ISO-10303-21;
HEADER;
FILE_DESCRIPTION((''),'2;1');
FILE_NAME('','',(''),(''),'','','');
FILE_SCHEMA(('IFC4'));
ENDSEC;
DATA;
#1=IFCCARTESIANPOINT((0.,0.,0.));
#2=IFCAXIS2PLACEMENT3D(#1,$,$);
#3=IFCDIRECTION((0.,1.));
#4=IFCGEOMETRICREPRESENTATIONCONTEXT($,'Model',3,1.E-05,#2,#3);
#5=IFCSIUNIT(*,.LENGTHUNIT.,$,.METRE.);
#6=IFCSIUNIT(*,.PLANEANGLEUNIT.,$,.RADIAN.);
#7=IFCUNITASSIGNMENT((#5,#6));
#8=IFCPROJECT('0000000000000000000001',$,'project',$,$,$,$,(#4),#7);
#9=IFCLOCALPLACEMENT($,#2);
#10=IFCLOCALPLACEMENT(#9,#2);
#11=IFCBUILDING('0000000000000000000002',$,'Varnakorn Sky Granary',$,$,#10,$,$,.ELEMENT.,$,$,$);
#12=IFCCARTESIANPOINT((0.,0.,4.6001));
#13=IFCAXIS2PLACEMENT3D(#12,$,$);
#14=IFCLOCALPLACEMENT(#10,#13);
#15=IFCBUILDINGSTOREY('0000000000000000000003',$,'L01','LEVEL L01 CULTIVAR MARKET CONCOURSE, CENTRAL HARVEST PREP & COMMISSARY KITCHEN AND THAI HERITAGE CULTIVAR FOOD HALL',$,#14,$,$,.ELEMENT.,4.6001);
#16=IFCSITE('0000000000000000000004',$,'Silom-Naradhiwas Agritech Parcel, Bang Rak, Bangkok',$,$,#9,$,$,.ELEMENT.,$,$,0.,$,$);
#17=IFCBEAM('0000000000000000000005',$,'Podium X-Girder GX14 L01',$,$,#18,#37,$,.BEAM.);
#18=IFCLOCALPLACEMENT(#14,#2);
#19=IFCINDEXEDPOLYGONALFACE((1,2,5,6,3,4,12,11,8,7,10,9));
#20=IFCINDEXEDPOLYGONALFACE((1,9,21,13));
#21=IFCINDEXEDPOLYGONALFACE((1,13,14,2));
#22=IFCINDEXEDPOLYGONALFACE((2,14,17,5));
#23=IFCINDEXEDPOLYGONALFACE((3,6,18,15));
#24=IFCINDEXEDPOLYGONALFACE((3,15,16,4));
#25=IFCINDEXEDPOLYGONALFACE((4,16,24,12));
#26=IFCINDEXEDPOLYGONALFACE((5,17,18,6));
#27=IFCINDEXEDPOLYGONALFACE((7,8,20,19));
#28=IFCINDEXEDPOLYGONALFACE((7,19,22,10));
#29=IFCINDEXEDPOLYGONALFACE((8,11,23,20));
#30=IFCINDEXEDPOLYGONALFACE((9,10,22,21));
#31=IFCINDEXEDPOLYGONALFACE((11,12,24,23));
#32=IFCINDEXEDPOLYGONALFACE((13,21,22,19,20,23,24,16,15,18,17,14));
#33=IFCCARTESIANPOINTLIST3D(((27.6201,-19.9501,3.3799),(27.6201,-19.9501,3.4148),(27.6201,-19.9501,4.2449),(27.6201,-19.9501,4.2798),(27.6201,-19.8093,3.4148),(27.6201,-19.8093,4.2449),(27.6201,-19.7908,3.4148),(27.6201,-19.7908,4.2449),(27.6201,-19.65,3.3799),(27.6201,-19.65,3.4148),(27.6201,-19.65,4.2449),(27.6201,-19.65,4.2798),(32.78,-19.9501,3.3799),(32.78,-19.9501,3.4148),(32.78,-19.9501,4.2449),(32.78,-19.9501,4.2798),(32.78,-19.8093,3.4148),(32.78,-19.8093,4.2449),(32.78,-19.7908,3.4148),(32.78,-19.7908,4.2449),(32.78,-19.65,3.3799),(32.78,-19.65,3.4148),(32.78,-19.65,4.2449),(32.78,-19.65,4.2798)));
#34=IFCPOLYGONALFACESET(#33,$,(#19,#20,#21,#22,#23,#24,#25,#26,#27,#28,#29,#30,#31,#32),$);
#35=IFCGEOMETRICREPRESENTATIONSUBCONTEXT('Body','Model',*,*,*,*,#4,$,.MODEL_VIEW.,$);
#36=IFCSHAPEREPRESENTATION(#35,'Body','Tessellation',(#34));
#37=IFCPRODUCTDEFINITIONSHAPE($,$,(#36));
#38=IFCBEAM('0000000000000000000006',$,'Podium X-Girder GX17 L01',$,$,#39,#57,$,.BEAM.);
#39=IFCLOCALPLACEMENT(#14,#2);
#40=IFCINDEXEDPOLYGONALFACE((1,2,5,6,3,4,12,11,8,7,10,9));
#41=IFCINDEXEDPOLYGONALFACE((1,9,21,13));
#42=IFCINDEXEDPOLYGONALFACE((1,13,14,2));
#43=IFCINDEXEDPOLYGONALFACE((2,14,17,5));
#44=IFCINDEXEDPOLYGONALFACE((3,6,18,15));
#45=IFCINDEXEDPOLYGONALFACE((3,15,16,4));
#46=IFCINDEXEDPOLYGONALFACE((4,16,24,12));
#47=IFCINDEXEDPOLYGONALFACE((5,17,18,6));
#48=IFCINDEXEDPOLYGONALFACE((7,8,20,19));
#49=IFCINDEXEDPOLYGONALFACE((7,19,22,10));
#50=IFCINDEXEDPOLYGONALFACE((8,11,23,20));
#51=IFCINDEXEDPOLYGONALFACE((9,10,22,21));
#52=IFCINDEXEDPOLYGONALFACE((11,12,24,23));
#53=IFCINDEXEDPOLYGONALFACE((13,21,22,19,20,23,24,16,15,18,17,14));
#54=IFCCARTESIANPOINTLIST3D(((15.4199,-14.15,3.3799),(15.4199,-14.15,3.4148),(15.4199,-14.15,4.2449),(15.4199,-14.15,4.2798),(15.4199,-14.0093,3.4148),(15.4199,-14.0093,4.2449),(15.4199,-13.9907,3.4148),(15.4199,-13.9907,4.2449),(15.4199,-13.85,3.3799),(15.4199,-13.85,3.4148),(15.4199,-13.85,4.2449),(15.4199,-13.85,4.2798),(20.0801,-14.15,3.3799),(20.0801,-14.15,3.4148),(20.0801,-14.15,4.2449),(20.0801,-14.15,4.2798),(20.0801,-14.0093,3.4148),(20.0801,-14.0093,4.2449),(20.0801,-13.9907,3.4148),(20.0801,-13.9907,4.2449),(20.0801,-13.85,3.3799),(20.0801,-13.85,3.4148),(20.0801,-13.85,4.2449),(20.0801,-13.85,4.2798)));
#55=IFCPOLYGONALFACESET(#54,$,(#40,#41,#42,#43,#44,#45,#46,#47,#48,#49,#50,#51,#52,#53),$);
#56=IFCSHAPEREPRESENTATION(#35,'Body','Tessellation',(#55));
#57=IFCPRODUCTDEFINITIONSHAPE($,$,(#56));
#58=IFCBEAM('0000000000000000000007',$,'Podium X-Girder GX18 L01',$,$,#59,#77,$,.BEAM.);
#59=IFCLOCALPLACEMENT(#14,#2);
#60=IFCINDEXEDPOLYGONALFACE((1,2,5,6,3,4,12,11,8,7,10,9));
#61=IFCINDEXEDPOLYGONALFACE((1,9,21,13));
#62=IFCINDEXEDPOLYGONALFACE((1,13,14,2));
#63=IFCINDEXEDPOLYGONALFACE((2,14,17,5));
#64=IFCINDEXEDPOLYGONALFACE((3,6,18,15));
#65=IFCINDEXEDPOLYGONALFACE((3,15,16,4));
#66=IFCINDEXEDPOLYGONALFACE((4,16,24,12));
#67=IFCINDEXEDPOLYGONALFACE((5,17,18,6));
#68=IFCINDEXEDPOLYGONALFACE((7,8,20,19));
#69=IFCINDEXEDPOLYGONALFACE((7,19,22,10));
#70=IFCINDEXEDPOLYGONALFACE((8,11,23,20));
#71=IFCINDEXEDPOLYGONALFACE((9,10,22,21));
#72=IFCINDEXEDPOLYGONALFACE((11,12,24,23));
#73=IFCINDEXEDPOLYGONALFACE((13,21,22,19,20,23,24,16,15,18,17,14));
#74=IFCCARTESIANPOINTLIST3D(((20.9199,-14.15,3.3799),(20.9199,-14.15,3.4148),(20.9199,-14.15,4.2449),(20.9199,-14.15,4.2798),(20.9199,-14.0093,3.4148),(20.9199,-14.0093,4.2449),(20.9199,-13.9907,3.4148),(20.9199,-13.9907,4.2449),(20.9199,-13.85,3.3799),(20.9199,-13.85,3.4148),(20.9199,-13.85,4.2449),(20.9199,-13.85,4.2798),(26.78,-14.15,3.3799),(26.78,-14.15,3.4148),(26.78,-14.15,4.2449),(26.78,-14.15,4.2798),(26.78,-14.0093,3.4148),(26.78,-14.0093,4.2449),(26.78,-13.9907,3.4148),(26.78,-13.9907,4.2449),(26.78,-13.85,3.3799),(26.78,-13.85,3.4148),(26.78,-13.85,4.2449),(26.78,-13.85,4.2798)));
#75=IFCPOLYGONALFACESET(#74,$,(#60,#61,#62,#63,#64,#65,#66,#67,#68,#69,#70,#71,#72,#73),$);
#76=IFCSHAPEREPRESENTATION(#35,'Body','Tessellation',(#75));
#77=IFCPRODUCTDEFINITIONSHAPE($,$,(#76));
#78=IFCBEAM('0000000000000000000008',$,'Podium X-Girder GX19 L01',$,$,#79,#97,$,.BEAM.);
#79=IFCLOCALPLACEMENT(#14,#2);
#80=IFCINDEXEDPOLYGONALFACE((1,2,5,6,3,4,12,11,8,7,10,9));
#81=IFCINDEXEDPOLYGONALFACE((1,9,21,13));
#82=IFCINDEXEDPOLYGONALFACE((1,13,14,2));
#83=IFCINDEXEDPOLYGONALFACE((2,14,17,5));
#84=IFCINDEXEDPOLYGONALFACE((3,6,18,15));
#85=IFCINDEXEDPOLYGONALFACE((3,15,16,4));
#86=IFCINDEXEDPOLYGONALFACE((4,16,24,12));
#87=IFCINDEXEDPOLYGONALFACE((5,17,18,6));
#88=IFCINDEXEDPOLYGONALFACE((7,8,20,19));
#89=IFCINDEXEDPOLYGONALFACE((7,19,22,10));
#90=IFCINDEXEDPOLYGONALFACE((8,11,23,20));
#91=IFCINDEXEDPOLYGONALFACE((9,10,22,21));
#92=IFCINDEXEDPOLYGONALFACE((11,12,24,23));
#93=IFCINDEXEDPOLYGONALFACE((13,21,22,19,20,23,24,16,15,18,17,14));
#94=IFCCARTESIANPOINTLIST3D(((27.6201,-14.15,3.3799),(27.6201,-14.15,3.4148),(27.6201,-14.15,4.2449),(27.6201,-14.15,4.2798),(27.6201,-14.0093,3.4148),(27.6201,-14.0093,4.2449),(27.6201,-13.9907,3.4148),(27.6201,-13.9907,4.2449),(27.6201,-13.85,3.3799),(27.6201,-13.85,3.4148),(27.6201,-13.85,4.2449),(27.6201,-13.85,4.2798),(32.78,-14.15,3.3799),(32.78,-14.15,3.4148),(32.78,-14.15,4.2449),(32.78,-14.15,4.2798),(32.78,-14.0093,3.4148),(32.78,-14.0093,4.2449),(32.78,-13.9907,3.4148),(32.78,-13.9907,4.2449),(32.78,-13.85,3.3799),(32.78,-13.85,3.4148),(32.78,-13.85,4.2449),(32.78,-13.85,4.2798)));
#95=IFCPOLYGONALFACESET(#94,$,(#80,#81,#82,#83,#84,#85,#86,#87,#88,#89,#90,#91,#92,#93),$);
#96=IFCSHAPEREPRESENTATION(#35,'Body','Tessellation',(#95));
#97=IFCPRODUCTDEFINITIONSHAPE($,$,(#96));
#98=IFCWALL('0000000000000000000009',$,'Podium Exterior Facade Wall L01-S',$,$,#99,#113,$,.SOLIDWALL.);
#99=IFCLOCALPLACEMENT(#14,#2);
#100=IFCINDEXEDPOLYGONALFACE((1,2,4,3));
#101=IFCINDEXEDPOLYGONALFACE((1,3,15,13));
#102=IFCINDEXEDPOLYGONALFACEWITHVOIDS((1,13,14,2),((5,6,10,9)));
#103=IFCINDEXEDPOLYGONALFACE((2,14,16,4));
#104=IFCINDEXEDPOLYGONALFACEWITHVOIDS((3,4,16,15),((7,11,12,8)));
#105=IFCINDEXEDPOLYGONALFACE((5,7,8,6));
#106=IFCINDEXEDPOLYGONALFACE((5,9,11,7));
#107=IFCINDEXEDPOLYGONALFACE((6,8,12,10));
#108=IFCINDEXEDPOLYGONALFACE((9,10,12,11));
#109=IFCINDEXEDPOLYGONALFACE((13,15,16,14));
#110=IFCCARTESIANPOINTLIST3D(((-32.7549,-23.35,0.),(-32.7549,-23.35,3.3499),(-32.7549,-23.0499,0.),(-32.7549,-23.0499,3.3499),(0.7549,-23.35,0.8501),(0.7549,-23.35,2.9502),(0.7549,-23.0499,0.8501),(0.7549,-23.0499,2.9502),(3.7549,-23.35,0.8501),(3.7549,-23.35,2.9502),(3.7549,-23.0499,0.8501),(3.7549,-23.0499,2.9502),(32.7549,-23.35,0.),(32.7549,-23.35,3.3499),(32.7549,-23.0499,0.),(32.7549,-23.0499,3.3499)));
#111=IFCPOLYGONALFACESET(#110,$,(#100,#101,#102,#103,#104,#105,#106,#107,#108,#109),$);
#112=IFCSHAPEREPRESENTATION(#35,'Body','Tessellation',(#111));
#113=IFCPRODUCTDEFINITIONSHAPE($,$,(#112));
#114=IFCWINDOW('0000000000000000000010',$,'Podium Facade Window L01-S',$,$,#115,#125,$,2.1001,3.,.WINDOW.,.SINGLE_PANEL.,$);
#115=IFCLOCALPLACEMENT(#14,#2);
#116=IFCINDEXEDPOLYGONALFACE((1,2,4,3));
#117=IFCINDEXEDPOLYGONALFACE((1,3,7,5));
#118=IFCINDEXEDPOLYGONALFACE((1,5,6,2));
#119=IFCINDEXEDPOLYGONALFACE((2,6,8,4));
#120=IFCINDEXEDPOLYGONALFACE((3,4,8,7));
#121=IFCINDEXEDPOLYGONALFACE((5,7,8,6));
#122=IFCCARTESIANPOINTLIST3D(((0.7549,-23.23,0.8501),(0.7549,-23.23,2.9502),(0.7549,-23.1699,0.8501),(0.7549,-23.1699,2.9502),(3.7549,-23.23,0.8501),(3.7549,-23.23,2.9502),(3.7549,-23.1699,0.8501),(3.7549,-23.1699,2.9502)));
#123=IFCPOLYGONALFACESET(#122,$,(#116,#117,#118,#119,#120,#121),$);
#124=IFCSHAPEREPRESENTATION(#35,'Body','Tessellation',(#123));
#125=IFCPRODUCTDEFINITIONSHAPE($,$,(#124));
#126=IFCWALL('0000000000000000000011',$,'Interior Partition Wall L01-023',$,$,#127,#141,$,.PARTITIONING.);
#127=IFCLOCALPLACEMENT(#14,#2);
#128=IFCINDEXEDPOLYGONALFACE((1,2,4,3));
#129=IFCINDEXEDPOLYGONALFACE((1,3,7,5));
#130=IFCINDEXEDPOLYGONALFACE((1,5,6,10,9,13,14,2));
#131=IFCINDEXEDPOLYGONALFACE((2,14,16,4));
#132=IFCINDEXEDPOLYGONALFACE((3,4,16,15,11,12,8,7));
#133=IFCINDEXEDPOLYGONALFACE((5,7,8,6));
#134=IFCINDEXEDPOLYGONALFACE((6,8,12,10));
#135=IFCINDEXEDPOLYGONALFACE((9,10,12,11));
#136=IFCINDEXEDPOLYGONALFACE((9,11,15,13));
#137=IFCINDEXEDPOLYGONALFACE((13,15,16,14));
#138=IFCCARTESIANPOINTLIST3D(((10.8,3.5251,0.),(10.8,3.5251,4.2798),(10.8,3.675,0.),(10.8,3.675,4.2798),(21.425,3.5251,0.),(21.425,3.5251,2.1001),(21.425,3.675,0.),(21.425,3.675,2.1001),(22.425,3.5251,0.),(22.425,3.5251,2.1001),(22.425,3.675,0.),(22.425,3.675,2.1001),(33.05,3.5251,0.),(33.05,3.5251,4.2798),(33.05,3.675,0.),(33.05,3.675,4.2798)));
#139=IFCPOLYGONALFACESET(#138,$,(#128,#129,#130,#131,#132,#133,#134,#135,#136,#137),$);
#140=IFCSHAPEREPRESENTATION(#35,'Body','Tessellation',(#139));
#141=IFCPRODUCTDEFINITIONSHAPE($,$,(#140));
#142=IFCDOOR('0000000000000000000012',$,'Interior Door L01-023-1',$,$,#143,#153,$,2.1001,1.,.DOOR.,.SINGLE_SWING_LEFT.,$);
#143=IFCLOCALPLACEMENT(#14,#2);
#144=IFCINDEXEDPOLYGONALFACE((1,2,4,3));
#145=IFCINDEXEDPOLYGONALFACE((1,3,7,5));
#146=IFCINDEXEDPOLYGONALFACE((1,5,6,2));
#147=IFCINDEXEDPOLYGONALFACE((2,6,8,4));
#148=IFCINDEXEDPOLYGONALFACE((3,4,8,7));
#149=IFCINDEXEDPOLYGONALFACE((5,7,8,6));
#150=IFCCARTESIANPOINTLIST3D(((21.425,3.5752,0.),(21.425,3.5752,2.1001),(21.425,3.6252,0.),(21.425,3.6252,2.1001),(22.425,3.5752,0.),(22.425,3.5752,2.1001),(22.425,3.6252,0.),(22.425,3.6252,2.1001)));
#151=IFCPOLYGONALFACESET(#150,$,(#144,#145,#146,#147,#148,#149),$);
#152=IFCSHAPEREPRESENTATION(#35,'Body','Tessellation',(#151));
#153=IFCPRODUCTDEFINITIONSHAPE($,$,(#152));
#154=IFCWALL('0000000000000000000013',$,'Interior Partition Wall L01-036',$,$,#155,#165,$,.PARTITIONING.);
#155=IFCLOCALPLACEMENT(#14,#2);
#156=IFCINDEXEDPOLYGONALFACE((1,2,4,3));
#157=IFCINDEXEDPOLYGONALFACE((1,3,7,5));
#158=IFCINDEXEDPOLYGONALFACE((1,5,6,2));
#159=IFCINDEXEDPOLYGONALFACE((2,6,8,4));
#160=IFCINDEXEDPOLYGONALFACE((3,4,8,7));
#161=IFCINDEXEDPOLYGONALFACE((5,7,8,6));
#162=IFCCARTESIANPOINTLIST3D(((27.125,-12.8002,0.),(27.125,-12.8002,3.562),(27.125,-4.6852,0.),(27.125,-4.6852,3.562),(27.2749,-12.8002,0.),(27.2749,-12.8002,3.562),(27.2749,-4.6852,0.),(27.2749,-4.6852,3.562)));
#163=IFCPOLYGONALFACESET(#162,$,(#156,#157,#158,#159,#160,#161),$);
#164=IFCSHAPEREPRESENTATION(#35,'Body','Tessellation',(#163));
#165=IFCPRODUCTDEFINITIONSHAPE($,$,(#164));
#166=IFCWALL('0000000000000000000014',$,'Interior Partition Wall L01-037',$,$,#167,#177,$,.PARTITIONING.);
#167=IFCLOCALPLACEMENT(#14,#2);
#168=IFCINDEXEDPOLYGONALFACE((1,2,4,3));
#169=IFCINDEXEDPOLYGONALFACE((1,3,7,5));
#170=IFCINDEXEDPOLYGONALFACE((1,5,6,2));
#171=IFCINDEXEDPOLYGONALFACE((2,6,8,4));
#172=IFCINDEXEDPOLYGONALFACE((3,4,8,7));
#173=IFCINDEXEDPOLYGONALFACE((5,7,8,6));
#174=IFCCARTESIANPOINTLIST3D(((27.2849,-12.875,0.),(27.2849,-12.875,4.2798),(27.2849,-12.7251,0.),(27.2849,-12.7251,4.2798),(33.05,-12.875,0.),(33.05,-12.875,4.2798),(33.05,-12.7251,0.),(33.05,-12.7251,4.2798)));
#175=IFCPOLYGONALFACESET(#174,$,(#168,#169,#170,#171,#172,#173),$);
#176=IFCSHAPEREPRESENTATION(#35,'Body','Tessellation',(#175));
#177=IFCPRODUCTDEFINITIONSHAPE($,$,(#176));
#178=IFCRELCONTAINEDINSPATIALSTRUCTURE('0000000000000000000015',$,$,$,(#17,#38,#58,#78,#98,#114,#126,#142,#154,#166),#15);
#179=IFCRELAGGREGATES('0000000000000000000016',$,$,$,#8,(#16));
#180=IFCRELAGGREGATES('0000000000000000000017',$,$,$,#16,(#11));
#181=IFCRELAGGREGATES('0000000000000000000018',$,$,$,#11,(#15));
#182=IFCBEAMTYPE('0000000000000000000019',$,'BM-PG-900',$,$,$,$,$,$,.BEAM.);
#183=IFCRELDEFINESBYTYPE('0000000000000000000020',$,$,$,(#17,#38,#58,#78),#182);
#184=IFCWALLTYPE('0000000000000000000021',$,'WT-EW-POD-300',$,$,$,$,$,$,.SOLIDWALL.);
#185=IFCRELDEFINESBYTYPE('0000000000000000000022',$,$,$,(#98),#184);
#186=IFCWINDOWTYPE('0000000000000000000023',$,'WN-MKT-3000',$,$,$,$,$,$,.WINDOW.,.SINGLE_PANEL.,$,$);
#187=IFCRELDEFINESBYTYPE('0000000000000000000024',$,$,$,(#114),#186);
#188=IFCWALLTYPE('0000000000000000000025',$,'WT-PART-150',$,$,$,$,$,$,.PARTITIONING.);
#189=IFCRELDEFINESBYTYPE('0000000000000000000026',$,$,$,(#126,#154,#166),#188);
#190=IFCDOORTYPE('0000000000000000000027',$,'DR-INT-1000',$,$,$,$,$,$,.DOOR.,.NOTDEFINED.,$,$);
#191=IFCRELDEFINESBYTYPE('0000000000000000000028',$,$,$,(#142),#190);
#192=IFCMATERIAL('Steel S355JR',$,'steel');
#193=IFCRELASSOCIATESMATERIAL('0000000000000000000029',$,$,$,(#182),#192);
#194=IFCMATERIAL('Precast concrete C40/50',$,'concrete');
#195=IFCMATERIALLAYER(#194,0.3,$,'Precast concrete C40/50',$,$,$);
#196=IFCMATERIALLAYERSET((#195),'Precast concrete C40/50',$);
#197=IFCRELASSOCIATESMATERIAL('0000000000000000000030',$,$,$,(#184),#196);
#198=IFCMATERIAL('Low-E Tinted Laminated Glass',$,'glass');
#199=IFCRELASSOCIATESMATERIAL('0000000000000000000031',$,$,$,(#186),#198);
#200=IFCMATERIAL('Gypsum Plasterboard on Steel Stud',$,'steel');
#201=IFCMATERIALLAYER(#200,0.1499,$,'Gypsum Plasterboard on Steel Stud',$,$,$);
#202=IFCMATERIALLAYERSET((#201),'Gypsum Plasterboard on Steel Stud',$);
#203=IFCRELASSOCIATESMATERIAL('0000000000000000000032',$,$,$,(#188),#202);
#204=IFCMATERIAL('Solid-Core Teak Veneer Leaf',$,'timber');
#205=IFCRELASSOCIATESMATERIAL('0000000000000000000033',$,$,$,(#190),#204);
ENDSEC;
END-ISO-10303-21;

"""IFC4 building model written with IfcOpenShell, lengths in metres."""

from ifc_helpers import new_model, si_unit, direction, frame, frame_2d, origin, origin_2d, place, context, subcontext, project, spatial, rectangle, i_section, extrude, material, layer, layer_set, material_profile, profile_set, type_object, element, fill, save


model = new_model("IFC4")

# Units and contexts
model_context = context("Model", 3, precision=1e-05, world=origin(), true_north=direction((0.0, 1.0)))
body_context = subcontext(model_context, "Body", "Model", "MODEL_VIEW")
ifc_project = project(units=[si_unit("LENGTHUNIT", "METRE"), si_unit("PLANEANGLEUNIT", "RADIAN")], contexts=[model_context])

# Site, building, storey
site_placement = place(None, origin())
site = spatial("IfcSite", under=ifc_project, at=site_placement, Name="Silom-Naradhiwas Agritech Parcel, Bang Rak, Bangkok", CompositionType="ELEMENT", RefElevation=0.0)
building_placement = place(site_placement, origin())
building = spatial("IfcBuilding", under=site, at=building_placement, Name="Varnakorn Sky Granary", CompositionType="ELEMENT")
storey_placement = place(building_placement, frame((0.0, 0.0, 4.6001)))
storey = spatial("IfcBuildingStorey", under=building, at=storey_placement, Name="L01", Description="LEVEL L01 CULTIVAR MARKET CONCOURSE, CENTRAL HARVEST PREP & COMMISSARY KITCHEN AND THAI HERITAGE CULTIVAR FOOD HALL", CompositionType="ELEMENT", Elevation=4.6001)

# Beams
ifc_material_1 = material(Name="Steel S355JR", Category="steel")
ifc_material_profile_1 = material_profile(ifc_material_1, i_section(OverallWidth=0.3, OverallDepth=0.8999, WebThickness=0.0186, FlangeThickness=0.0349, at=origin_2d()), Name="HE 900 B")
ifc_profile_set_1 = profile_set([ifc_material_profile_1], Name="Steel S355JR")
beam_type_1 = type_object("IfcBeamType", Name="BM-PG-900", PredefinedType="BEAM", material=ifc_profile_set_1)
beam_1_placement = place(storey_placement, frame((27.6201, -19.8, 3.8298), z_axis=(1.0, 0.0, 0.0), x_axis=(0.0, 1.0, 0.0)))
element("IfcBeam", 1, at=beam_1_placement, inside=storey, type_object=beam_type_1, Name="Podium X-Girder GX14 L01", PredefinedType="BEAM", context=body_context, shape_type="SweptSolid", body=[
    extrude(i_section(OverallWidth=0.3, OverallDepth=0.8999, WebThickness=0.0186, FlangeThickness=0.0349, at=origin_2d()), origin(), (0.0, 0.0, 1.0), 5.1599),
])
beam_2_placement = place(storey_placement, frame((15.4199, -14.0, 3.8298), z_axis=(1.0, 0.0, 0.0), x_axis=(0.0, 1.0, 0.0)))
element("IfcBeam", 2, at=beam_2_placement, inside=storey, type_object=beam_type_1, Name="Podium X-Girder GX17 L01", PredefinedType="BEAM", context=body_context, shape_type="SweptSolid", body=[
    extrude(i_section(OverallWidth=0.3, OverallDepth=0.8999, WebThickness=0.0186, FlangeThickness=0.0349, at=origin_2d()), origin(), (0.0, 0.0, 1.0), 4.6602),
])
beam_3_placement = place(storey_placement, frame((20.9199, -14.0, 3.8298), z_axis=(1.0, 0.0, 0.0), x_axis=(0.0, 1.0, 0.0)))
element("IfcBeam", 3, at=beam_3_placement, inside=storey, type_object=beam_type_1, Name="Podium X-Girder GX18 L01", PredefinedType="BEAM", context=body_context, shape_type="SweptSolid", body=[
    extrude(i_section(OverallWidth=0.3, OverallDepth=0.8999, WebThickness=0.0186, FlangeThickness=0.0349, at=origin_2d()), origin(), (0.0, 0.0, 1.0), 5.8601),
])
beam_4_placement = place(storey_placement, frame((27.6201, -14.0, 3.8298), z_axis=(1.0, 0.0, 0.0), x_axis=(0.0, 1.0, 0.0)))
element("IfcBeam", 4, at=beam_4_placement, inside=storey, type_object=beam_type_1, Name="Podium X-Girder GX19 L01", PredefinedType="BEAM", context=body_context, shape_type="SweptSolid", body=[
    extrude(i_section(OverallWidth=0.3, OverallDepth=0.8999, WebThickness=0.0186, FlangeThickness=0.0349, at=origin_2d()), origin(), (0.0, 0.0, 1.0), 5.1599),
])

# Wall, opening, window
ifc_material_2 = material(Name="Precast concrete C40/50", Category="concrete")
ifc_layer_1 = layer(ifc_material_2, 0.3, Name="Precast concrete C40/50")
ifc_layer_set_1 = layer_set([ifc_layer_1], Name="Precast concrete C40/50")
wall_type_1 = type_object("IfcWallType", Name="WT-EW-POD-300", PredefinedType="SOLIDWALL", material=ifc_layer_set_1)
wall_1_placement = place(storey_placement, frame((32.7549, -23.2, 0.0), z_axis=(0.0, 0.0, 1.0), x_axis=(-1.0, 0.0, 0.0)))
wall_1 = element("IfcWall", 5, at=wall_1_placement, inside=storey, type_object=wall_type_1, Name="Podium Exterior Facade Wall L01-S", PredefinedType="SOLIDWALL", context=body_context, shape_type="SweptSolid", body=[
    extrude(rectangle(XDim=65.5098, YDim=0.3, at=frame_2d((32.7549, 0.0))), origin(), (0.0, 0.0, 1.0), 3.3499),
])
opening_1_placement = place(wall_1_placement, frame((29.0, 0.0, 0.8501)))
opening_1 = element("IfcOpeningElement", 6, at=opening_1_placement, cuts=wall_1, PredefinedType="OPENING", context=body_context, shape_type="SweptSolid", body=[
    extrude(rectangle(XDim=3.0, YDim=2.1001, at=frame_2d((1.5, 1.05))), frame((0.0, 0.1602, 0.0), z_axis=(0.0, -1.0, 0.0), x_axis=(1.0, 0.0, 0.0)), (0.0, 0.0, 1.0), 0.3201),
])
ifc_material_3 = material(Name="Low-E Tinted Laminated Glass", Category="glass")
window_type = type_object("IfcWindowType", Name="WN-MKT-3000", PartitioningType="SINGLE_PANEL", PredefinedType="WINDOW", material=ifc_material_3)
window_placement = place(opening_1_placement, origin())
window = element("IfcWindow", 7, at=window_placement, inside=storey, type_object=window_type, Name="Podium Facade Window L01-S", OverallHeight=2.1001, OverallWidth=3.0, PartitioningType="SINGLE_PANEL", PredefinedType="WINDOW", context=body_context, shape_type="SweptSolid", body=[
    extrude(rectangle(XDim=3.0, YDim=2.1001, at=frame_2d((1.5, 1.05))), frame((0.0, 0.03, 0.0), z_axis=(0.0, -1.0, 0.0), x_axis=(1.0, 0.0, 0.0)), (0.0, 0.0, 1.0), 0.0601),
])
fill(opening_1, window)

# Wall, opening, door
ifc_material_4 = material(Name="Gypsum Plasterboard on Steel Stud", Category="steel")
ifc_layer_2 = layer(ifc_material_4, 0.1499, Name="Gypsum Plasterboard on Steel Stud")
ifc_layer_set_2 = layer_set([ifc_layer_2], Name="Gypsum Plasterboard on Steel Stud")
wall_type_2 = type_object("IfcWallType", Name="WT-PART-150", PredefinedType="PARTITIONING", material=ifc_layer_set_2)
wall_2_placement = place(storey_placement, frame((33.05, 3.6001, 0.0), z_axis=(0.0, 0.0, 1.0), x_axis=(-1.0, 0.0, 0.0)))
wall_2 = element("IfcWall", 8, at=wall_2_placement, inside=storey, type_object=wall_type_2, Name="Interior Partition Wall L01-023", PredefinedType="PARTITIONING", context=body_context, shape_type="SweptSolid", body=[
    extrude(rectangle(XDim=22.25, YDim=0.1499, at=frame_2d((11.125, 0.0))), origin(), (0.0, 0.0, 1.0), 4.2798),
])
opening_2_placement = place(wall_2_placement, frame((10.625, 0.0, 0.0)))
opening_2 = element("IfcOpeningElement", 9, at=opening_2_placement, cuts=wall_2, PredefinedType="OPENING", context=body_context, shape_type="SweptSolid", body=[
    extrude(rectangle(XDim=1.0, YDim=2.1001, at=frame_2d((0.5, 1.05))), frame((0.0, 0.085, 0.0), z_axis=(0.0, -1.0, 0.0), x_axis=(1.0, 0.0, 0.0)), (0.0, 0.0, 1.0), 0.1699),
])
ifc_material_5 = material(Name="Solid-Core Teak Veneer Leaf", Category="timber")
door_type = type_object("IfcDoorType", Name="DR-INT-1000", OperationType="NOTDEFINED", PredefinedType="DOOR", material=ifc_material_5)
door_1_placement = place(opening_2_placement, origin())
door_1 = element("IfcDoor", 10, at=door_1_placement, inside=storey, type_object=door_type, Name="Interior Door L01-023-1", OperationType="SINGLE_SWING_LEFT", OverallHeight=2.1001, OverallWidth=1.0, PredefinedType="DOOR", context=body_context, shape_type="SweptSolid", body=[
    extrude(rectangle(XDim=1.0, YDim=2.1001, at=frame_2d((0.5, 1.05))), frame((0.0, 0.0249, 0.0), z_axis=(0.0, -1.0, 0.0), x_axis=(1.0, 0.0, 0.0)), (0.0, 0.0, 1.0), 0.05),
])
fill(opening_2, door_1)

# Walls
wall_3_placement = place(storey_placement, frame((27.2, -4.6851, 0.0), z_axis=(0.0, 0.0, 1.0), x_axis=(0.0, -1.0, 0.0)))
element("IfcWall", 11, at=wall_3_placement, inside=storey, type_object=wall_type_2, Name="Interior Partition Wall L01-036", PredefinedType="PARTITIONING", context=body_context, shape_type="SweptSolid", body=[
    extrude(rectangle(XDim=8.115, YDim=0.1499, at=frame_2d((4.0576, 0.0))), origin(), (0.0, 0.0, 1.0), 3.562),
])
wall_4_placement = place(storey_placement, frame((27.2849, -12.8, 0.0), z_axis=(0.0, 0.0, 1.0), x_axis=(1.0, 0.0, 0.0)))
element("IfcWall", 12, at=wall_4_placement, inside=storey, type_object=wall_type_2, Name="Interior Partition Wall L01-037", PredefinedType="PARTITIONING", context=body_context, shape_type="SweptSolid", body=[
    extrude(rectangle(XDim=5.7651, YDim=0.1499, at=frame_2d((2.8826, 0.0))), origin(), (0.0, 0.0, 1.0), 4.2798),
])

save(model, "model.ifc")
